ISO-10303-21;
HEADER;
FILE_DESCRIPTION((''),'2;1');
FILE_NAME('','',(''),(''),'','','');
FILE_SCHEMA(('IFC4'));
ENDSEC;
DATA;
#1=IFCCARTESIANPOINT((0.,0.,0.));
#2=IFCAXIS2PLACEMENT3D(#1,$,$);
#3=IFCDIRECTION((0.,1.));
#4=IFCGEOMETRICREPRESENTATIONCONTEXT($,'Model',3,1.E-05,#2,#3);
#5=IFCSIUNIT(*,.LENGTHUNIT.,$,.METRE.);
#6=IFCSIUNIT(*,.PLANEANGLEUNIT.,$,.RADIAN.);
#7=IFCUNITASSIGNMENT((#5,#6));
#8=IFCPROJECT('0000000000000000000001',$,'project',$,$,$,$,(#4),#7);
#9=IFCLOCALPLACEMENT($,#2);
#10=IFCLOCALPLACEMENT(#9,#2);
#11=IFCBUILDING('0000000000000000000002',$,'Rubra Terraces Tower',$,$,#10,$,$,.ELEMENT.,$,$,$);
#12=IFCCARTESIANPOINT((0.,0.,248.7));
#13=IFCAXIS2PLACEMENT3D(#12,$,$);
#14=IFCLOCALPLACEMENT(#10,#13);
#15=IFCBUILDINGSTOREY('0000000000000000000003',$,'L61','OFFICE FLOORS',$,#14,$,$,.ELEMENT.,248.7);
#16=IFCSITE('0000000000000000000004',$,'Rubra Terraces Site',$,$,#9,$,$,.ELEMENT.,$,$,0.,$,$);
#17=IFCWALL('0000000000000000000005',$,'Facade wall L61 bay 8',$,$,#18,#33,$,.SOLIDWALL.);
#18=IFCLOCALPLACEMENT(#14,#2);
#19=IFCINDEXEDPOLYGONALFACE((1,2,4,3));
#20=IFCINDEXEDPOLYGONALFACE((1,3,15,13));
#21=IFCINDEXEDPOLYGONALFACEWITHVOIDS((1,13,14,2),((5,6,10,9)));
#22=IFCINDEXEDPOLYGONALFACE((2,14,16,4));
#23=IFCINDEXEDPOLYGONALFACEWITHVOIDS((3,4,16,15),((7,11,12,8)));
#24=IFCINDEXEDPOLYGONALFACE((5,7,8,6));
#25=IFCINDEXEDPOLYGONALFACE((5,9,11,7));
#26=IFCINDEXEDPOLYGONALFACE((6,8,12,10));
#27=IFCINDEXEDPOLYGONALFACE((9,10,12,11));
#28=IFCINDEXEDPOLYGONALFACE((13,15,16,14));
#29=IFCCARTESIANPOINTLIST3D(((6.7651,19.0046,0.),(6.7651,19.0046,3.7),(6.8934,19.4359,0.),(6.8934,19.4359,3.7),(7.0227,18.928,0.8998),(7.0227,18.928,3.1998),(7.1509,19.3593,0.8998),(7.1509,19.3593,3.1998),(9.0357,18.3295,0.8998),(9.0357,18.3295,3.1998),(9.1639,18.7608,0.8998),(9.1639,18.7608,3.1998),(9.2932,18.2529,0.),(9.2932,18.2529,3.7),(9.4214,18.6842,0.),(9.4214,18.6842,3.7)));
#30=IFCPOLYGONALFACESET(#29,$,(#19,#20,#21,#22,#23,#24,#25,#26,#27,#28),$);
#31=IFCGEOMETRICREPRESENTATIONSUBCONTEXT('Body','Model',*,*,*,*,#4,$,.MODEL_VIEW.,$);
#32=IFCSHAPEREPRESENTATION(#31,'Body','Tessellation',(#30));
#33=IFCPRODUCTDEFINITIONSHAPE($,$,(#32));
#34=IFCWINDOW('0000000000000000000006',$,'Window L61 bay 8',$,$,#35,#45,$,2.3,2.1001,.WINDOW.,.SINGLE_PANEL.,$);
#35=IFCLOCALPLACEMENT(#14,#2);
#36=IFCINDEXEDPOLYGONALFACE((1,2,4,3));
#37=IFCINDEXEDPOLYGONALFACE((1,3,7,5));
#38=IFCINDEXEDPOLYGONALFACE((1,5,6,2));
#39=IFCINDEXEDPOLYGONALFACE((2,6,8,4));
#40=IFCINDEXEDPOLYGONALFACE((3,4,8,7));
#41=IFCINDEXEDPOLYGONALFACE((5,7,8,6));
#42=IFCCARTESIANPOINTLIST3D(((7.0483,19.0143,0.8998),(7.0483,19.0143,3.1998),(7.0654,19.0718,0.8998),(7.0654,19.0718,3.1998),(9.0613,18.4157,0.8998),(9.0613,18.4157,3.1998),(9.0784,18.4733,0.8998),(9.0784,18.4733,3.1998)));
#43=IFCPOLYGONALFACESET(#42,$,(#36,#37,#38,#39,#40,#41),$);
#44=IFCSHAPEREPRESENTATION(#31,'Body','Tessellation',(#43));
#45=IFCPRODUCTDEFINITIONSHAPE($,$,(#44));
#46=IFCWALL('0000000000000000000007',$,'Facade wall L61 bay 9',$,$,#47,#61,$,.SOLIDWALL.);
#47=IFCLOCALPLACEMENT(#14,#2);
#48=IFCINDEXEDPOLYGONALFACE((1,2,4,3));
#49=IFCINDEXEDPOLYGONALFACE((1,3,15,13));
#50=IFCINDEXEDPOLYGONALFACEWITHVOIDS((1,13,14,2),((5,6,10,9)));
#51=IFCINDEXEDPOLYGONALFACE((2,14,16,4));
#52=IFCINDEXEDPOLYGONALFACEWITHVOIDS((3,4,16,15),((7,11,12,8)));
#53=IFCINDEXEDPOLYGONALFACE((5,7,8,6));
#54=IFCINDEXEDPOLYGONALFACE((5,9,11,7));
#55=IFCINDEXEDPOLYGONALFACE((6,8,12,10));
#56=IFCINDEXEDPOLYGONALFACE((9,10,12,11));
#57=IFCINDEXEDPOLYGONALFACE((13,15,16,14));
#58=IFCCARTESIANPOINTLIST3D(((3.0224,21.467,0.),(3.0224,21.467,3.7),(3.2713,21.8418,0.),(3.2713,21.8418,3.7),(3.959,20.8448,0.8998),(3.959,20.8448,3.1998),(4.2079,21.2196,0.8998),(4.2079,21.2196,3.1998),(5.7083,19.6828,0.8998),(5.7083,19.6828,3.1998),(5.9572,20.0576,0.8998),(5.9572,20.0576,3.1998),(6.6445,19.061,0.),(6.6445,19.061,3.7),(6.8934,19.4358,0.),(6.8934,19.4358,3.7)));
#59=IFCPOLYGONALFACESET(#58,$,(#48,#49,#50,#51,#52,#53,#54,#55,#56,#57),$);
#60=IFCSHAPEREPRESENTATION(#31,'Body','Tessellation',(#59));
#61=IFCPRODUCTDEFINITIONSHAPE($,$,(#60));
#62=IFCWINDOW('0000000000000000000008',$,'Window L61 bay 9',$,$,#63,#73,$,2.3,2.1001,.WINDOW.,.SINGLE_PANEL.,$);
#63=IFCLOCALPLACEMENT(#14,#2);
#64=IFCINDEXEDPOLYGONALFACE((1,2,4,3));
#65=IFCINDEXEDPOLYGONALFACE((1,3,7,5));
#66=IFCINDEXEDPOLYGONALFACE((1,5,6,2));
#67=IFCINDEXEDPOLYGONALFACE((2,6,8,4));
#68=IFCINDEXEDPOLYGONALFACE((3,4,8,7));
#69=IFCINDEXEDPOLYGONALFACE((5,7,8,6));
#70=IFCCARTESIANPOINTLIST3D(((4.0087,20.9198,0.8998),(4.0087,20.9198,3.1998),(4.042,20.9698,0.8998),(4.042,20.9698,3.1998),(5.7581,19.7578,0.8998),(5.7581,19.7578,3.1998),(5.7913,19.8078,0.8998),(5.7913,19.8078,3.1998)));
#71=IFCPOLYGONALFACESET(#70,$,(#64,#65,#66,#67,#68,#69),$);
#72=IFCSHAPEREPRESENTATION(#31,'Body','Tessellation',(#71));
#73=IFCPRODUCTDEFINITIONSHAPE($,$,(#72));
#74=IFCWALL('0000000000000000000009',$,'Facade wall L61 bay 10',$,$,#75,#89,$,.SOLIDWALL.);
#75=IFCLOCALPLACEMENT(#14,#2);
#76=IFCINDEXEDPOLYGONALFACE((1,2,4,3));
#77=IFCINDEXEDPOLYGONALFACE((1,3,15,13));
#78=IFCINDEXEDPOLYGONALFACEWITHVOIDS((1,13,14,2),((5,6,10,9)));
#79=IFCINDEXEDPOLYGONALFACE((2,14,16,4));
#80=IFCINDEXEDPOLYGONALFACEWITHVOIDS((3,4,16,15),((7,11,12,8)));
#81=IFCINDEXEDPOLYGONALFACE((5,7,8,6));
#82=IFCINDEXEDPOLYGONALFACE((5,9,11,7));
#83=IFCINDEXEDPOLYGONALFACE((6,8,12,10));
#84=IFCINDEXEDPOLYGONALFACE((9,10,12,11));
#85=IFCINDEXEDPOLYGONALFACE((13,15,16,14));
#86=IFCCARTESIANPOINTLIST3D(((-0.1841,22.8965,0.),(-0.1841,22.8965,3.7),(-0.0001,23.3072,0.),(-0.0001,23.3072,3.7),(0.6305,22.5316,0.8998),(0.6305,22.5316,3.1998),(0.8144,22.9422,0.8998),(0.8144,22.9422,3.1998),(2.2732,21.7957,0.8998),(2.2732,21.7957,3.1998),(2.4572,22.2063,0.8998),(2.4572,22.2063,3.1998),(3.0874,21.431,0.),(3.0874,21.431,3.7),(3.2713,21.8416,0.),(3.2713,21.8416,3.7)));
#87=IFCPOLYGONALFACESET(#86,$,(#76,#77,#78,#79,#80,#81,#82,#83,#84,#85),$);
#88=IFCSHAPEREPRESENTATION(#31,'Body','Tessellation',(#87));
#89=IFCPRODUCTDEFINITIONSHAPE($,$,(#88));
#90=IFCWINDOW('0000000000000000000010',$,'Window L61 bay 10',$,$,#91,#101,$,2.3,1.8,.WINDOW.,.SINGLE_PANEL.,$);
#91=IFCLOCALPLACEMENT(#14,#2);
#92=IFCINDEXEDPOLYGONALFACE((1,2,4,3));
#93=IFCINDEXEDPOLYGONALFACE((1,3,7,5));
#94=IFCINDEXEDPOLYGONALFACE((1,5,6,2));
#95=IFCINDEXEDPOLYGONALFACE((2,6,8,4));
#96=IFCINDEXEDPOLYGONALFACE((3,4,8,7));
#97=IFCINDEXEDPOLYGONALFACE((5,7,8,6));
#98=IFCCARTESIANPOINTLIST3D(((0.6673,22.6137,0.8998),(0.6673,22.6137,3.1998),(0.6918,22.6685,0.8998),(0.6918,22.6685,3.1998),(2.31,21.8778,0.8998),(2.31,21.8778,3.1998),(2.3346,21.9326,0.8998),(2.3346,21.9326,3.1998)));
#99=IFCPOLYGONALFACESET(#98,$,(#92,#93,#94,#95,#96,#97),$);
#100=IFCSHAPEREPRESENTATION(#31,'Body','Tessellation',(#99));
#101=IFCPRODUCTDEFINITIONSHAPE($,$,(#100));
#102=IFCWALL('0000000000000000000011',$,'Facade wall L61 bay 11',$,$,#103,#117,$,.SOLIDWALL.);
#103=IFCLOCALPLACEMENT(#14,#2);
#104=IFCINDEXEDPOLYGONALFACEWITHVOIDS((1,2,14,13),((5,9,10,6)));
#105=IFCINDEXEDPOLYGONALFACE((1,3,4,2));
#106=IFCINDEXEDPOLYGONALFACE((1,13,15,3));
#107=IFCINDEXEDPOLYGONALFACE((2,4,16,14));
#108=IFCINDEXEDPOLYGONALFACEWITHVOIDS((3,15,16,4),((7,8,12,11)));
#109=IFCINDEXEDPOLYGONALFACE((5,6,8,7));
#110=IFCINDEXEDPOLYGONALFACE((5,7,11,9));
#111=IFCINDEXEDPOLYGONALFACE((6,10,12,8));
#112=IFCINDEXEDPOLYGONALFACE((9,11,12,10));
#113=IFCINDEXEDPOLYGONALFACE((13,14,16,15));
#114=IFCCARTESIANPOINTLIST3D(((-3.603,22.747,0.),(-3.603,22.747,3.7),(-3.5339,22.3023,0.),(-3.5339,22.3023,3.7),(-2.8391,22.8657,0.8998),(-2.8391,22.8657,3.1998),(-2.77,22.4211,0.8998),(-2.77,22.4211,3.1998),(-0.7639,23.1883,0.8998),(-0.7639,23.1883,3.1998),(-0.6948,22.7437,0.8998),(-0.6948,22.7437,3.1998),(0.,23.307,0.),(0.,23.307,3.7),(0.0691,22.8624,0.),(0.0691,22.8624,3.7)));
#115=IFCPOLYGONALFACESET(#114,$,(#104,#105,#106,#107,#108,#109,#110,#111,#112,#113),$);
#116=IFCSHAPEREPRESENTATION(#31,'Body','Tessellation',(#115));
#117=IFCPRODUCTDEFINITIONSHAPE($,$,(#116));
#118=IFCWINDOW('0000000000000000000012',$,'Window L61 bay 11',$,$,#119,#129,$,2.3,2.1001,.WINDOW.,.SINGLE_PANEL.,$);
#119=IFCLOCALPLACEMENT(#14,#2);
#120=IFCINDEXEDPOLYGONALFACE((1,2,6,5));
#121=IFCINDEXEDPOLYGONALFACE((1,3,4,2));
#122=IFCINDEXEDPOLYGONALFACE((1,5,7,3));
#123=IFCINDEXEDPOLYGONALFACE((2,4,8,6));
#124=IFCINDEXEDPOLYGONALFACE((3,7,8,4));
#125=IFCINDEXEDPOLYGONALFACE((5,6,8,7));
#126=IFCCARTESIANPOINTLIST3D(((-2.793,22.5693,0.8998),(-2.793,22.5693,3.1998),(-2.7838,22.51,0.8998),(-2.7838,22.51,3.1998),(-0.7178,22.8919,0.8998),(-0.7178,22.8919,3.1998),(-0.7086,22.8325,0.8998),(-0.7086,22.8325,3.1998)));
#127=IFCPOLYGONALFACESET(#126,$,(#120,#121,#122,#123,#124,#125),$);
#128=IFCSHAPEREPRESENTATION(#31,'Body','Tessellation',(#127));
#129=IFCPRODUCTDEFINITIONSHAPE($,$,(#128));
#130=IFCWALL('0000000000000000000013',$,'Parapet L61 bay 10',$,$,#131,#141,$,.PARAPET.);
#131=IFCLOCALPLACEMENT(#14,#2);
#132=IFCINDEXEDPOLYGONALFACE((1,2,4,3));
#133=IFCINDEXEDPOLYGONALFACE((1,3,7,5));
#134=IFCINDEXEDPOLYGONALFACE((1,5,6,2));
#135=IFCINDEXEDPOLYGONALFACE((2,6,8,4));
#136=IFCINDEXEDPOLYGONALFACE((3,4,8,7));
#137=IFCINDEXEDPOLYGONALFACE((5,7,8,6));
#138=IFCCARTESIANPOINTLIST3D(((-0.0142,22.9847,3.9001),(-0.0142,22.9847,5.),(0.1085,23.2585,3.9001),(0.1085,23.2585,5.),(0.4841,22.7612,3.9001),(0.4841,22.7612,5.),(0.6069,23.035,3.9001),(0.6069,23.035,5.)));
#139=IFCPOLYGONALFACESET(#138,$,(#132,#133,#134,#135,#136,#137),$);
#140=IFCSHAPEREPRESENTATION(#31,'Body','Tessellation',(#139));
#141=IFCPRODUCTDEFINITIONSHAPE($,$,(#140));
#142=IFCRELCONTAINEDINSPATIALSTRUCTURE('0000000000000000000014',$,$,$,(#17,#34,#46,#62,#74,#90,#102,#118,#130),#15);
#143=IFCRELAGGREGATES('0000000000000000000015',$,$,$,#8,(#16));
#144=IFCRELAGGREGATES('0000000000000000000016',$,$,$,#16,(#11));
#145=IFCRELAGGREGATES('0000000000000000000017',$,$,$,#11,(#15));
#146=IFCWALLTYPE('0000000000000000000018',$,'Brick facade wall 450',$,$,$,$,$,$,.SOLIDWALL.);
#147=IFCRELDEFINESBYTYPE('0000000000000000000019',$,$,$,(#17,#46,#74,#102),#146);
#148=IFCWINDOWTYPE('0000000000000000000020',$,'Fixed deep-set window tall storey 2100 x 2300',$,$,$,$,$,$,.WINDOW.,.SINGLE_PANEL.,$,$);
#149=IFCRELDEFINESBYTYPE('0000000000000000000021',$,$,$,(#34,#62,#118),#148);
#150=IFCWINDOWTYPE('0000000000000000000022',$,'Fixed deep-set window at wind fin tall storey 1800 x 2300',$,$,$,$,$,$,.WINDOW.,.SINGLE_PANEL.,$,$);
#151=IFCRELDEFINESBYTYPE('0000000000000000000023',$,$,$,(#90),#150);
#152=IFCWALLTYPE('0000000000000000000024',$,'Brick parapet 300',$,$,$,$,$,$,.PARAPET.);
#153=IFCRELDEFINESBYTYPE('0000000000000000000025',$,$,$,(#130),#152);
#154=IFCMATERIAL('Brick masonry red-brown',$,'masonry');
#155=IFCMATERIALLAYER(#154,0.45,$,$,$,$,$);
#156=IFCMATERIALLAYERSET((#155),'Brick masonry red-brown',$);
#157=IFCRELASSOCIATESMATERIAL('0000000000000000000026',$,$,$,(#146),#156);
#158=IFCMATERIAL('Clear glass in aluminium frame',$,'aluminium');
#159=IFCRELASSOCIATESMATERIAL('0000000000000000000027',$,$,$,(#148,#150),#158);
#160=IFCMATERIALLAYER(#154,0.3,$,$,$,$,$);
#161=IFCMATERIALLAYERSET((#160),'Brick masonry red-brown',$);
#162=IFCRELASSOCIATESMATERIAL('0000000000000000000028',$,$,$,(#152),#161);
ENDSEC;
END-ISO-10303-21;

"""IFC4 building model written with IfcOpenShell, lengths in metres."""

from ifc_helpers import new_model, si_unit, direction, frame, frame_2d, origin, place, context, subcontext, project, spatial, rectangle, extrude, material, layer, layer_set, type_object, element, fill, save


model = new_model("IFC4")

# Units and contexts
model_context = context("Model", 3, precision=1e-05, world=origin(), true_north=direction((0.0, 1.0)))
body_context = subcontext(model_context, "Body", "Model", "MODEL_VIEW")
ifc_project = project(units=[si_unit("LENGTHUNIT", "METRE"), si_unit("PLANEANGLEUNIT", "RADIAN")], contexts=[model_context])

# Site, building, storey
site_placement = place(None, origin())
site = spatial("IfcSite", under=ifc_project, at=site_placement, Name="Rubra Terraces Site", CompositionType="ELEMENT", RefElevation=0.0)
building_placement = place(site_placement, origin())
building = spatial("IfcBuilding", under=site, at=building_placement, Name="Rubra Terraces Tower", CompositionType="ELEMENT")
storey_placement = place(building_placement, frame((0.0, 0.0, 248.7)))
storey = spatial("IfcBuildingStorey", under=building, at=storey_placement, Name="L61", Description="OFFICE FLOORS", CompositionType="ELEMENT", Elevation=248.7)

# Walls, openings, windows
ifc_material_1 = material(Name="Brick masonry red-brown", Category="masonry")
ifc_layer_1 = layer(ifc_material_1, 0.45)
ifc_layer_set_1 = layer_set([ifc_layer_1], Name="Brick masonry red-brown")
wall_type_1 = type_object("IfcWallType", Name="Brick facade wall 450", PredefinedType="SOLIDWALL", material=ifc_layer_set_1)
wall_1_placement = place(storey_placement, frame((9.3574, 18.4685, 0.0), z_axis=(0.0, 0.0, 1.0), x_axis=(-0.958524, 0.285012, 0.0)))
wall_1 = element("IfcWall", 1, at=wall_1_placement, inside=storey, type_object=wall_type_1, Name="Facade wall L61 bay 8", PredefinedType="SOLIDWALL", context=body_context, shape_type="SweptSolid", body=[
    extrude(rectangle(XDim=2.6375, YDim=0.45, at=frame_2d((1.3188, 0.0))), origin(), (0.0, 0.0, 1.0), 3.7),
])
opening_1_placement = place(wall_1_placement, frame((0.2688, 0.0, 0.8999)))
opening_1 = element("IfcOpeningElement", 2, at=opening_1_placement, cuts=wall_1, PredefinedType="OPENING", context=body_context, shape_type="SweptSolid", body=[
    extrude(rectangle(XDim=2.1001, YDim=2.3, at=frame_2d((1.05, 1.1499))), frame((0.0, 0.2349, 0.0), z_axis=(0.0, -1.0, 0.0), x_axis=(1.0, 0.0, 0.0)), (0.0, 0.0, 1.0), 0.47),
])
ifc_material_2 = material(Name="Clear glass in aluminium frame", Category="aluminium")
window_type_1 = type_object("IfcWindowType", Name="Fixed deep-set window tall storey 2100 x 2300", PartitioningType="SINGLE_PANEL", PredefinedType="WINDOW", material=ifc_material_2)
window_1_placement = place(opening_1_placement, origin())
window_1 = element("IfcWindow", 3, at=window_1_placement, inside=storey, type_object=window_type_1, Name="Window L61 bay 8", OverallHeight=2.3, OverallWidth=2.1001, PartitioningType="SINGLE_PANEL", PredefinedType="WINDOW", context=body_context, shape_type="SweptSolid", body=[
    extrude(rectangle(XDim=2.1001, YDim=2.3, at=frame_2d((1.05, 1.1499))), frame((0.0, 0.135, 0.0), z_axis=(0.0, -1.0, 0.0), x_axis=(1.0, 0.0, 0.0)), (0.0, 0.0, 1.0), 0.0601),
])
fill(opening_1, window_1)
wall_2_placement = place(storey_placement, frame((6.769, 19.2483, 0.0), z_axis=(0.0, 0.0, 1.0), x_axis=(-0.832973, 0.553313, 0.0)))
wall_2 = element("IfcWall", 4, at=wall_2_placement, inside=storey, type_object=wall_type_1, Name="Facade wall L61 bay 9", PredefinedType="SOLIDWALL", context=body_context, shape_type="SweptSolid", body=[
    extrude(rectangle(XDim=4.3484, YDim=0.45, at=frame_2d((2.1743, 0.0))), origin(), (0.0, 0.0, 1.0), 3.7),
])
opening_2_placement = place(wall_2_placement, frame((1.124, 0.0, 0.8999)))
opening_2 = element("IfcOpeningElement", 5, at=opening_2_placement, cuts=wall_2, PredefinedType="OPENING", context=body_context, shape_type="SweptSolid", body=[
    extrude(rectangle(XDim=2.1001, YDim=2.3, at=frame_2d((1.05, 1.1499))), frame((0.0, 0.2349, 0.0), z_axis=(0.0, -1.0, 0.0), x_axis=(1.0, 0.0, 0.0)), (0.0, 0.0, 1.0), 0.47),
])
window_2_placement = place(opening_2_placement, origin())
window_2 = element("IfcWindow", 6, at=window_2_placement, inside=storey, type_object=window_type_1, Name="Window L61 bay 9", OverallHeight=2.3, OverallWidth=2.1001, PartitioningType="SINGLE_PANEL", PredefinedType="WINDOW", context=body_context, shape_type="SweptSolid", body=[
    extrude(rectangle(XDim=2.1001, YDim=2.3, at=frame_2d((1.05, 1.1499))), frame((0.0, 0.135, 0.0), z_axis=(0.0, -1.0, 0.0), x_axis=(1.0, 0.0, 0.0)), (0.0, 0.0, 1.0), 0.0601),
])
fill(opening_2, window_2)
wall_3_placement = place(storey_placement, frame((3.1794, 21.6362, 0.0), z_axis=(0.0, 0.0, 1.0), x_axis=(-0.912608, 0.408835, 0.0)))
wall_3 = element("IfcWall", 7, at=wall_3_placement, inside=storey, type_object=wall_type_1, Name="Facade wall L61 bay 10", PredefinedType="SOLIDWALL", context=body_context, shape_type="SweptSolid", body=[
    extrude(rectangle(XDim=3.5847, YDim=0.45, at=frame_2d((1.7925, 0.0))), origin(), (0.0, 0.0, 1.0), 3.7),
])
opening_3_placement = place(wall_3_placement, frame((0.8923, 0.0, 0.8999)))
opening_3 = element("IfcOpeningElement", 8, at=opening_3_placement, cuts=wall_3, PredefinedType="OPENING", context=body_context, shape_type="SweptSolid", body=[
    extrude(rectangle(XDim=1.8, YDim=2.3, at=frame_2d((0.8999, 1.1499))), frame((0.0, 0.2349, 0.0), z_axis=(0.0, -1.0, 0.0), x_axis=(1.0, 0.0, 0.0)), (0.0, 0.0, 1.0), 0.47),
])
window_type_2 = type_object("IfcWindowType", Name="Fixed deep-set window at wind fin tall storey 1800 x 2300", PartitioningType="SINGLE_PANEL", PredefinedType="WINDOW", material=ifc_material_2)
window_3_placement = place(opening_3_placement, origin())
window_3 = element("IfcWindow", 9, at=window_3_placement, inside=storey, type_object=window_type_2, Name="Window L61 bay 10", OverallHeight=2.3, OverallWidth=1.8, PartitioningType="SINGLE_PANEL", PredefinedType="WINDOW", context=body_context, shape_type="SweptSolid", body=[
    extrude(rectangle(XDim=1.8, YDim=2.3, at=frame_2d((0.8999, 1.1499))), frame((0.0, 0.135, 0.0), z_axis=(0.0, -1.0, 0.0), x_axis=(1.0, 0.0, 0.0)), (0.0, 0.0, 1.0), 0.0601),
])
fill(opening_3, window_3)
wall_4_placement = place(storey_placement, frame((0.0347, 23.0847, 0.0), z_axis=(0.0, 0.0, 1.0), x_axis=(-0.988134, -0.153597, 0.0)))
wall_4 = element("IfcWall", 10, at=wall_4_placement, inside=storey, type_object=wall_type_1, Name="Facade wall L61 bay 11", PredefinedType="SOLIDWALL", context=body_context, shape_type="SweptSolid", body=[
    extrude(rectangle(XDim=3.6462, YDim=0.45, at=frame_2d((1.8232, 0.0))), origin(), (0.0, 0.0, 1.0), 3.7),
])
opening_4_placement = place(wall_4_placement, frame((0.7732, 0.0, 0.8999)))
opening_4 = element("IfcOpeningElement", 11, at=opening_4_placement, cuts=wall_4, PredefinedType="OPENING", context=body_context, shape_type="SweptSolid", body=[
    extrude(rectangle(XDim=2.1001, YDim=2.3, at=frame_2d((1.05, 1.1499))), frame((0.0, 0.2349, 0.0), z_axis=(0.0, -1.0, 0.0), x_axis=(1.0, 0.0, 0.0)), (0.0, 0.0, 1.0), 0.47),
])
window_4_placement = place(opening_4_placement, origin())
window_4 = element("IfcWindow", 12, at=window_4_placement, inside=storey, type_object=window_type_1, Name="Window L61 bay 11", OverallHeight=2.3, OverallWidth=2.1001, PartitioningType="SINGLE_PANEL", PredefinedType="WINDOW", context=body_context, shape_type="SweptSolid", body=[
    extrude(rectangle(XDim=2.1001, YDim=2.3, at=frame_2d((1.05, 1.1499))), frame((0.0, 0.135, 0.0), z_axis=(0.0, -1.0, 0.0), x_axis=(1.0, 0.0, 0.0)), (0.0, 0.0, 1.0), 0.0601),
])
fill(opening_4, window_4)

# Wall
ifc_layer_2 = layer(ifc_material_1, 0.3)
ifc_layer_set_2 = layer_set([ifc_layer_2], Name="Brick masonry red-brown")
wall_type_2 = type_object("IfcWallType", Name="Brick parapet 300", PredefinedType="PARAPET", material=ifc_layer_set_2)
wall_5_placement = place(storey_placement, frame((0.5454, 22.8982, 3.9001), z_axis=(0.0, 0.0, 1.0), x_axis=(-0.912498, 0.409082, 0.0)))
element("IfcWall", 13, at=wall_5_placement, inside=storey, type_object=wall_type_2, Name="Parapet L61 bay 10", PredefinedType="PARAPET", context=body_context, shape_type="SweptSolid", body=[
    extrude(rectangle(XDim=0.5461, YDim=0.3, at=frame_2d((0.2729, 0.0))), origin(), (0.0, 0.0, 1.0), 1.0999),
])

save(model, "model.ifc")
